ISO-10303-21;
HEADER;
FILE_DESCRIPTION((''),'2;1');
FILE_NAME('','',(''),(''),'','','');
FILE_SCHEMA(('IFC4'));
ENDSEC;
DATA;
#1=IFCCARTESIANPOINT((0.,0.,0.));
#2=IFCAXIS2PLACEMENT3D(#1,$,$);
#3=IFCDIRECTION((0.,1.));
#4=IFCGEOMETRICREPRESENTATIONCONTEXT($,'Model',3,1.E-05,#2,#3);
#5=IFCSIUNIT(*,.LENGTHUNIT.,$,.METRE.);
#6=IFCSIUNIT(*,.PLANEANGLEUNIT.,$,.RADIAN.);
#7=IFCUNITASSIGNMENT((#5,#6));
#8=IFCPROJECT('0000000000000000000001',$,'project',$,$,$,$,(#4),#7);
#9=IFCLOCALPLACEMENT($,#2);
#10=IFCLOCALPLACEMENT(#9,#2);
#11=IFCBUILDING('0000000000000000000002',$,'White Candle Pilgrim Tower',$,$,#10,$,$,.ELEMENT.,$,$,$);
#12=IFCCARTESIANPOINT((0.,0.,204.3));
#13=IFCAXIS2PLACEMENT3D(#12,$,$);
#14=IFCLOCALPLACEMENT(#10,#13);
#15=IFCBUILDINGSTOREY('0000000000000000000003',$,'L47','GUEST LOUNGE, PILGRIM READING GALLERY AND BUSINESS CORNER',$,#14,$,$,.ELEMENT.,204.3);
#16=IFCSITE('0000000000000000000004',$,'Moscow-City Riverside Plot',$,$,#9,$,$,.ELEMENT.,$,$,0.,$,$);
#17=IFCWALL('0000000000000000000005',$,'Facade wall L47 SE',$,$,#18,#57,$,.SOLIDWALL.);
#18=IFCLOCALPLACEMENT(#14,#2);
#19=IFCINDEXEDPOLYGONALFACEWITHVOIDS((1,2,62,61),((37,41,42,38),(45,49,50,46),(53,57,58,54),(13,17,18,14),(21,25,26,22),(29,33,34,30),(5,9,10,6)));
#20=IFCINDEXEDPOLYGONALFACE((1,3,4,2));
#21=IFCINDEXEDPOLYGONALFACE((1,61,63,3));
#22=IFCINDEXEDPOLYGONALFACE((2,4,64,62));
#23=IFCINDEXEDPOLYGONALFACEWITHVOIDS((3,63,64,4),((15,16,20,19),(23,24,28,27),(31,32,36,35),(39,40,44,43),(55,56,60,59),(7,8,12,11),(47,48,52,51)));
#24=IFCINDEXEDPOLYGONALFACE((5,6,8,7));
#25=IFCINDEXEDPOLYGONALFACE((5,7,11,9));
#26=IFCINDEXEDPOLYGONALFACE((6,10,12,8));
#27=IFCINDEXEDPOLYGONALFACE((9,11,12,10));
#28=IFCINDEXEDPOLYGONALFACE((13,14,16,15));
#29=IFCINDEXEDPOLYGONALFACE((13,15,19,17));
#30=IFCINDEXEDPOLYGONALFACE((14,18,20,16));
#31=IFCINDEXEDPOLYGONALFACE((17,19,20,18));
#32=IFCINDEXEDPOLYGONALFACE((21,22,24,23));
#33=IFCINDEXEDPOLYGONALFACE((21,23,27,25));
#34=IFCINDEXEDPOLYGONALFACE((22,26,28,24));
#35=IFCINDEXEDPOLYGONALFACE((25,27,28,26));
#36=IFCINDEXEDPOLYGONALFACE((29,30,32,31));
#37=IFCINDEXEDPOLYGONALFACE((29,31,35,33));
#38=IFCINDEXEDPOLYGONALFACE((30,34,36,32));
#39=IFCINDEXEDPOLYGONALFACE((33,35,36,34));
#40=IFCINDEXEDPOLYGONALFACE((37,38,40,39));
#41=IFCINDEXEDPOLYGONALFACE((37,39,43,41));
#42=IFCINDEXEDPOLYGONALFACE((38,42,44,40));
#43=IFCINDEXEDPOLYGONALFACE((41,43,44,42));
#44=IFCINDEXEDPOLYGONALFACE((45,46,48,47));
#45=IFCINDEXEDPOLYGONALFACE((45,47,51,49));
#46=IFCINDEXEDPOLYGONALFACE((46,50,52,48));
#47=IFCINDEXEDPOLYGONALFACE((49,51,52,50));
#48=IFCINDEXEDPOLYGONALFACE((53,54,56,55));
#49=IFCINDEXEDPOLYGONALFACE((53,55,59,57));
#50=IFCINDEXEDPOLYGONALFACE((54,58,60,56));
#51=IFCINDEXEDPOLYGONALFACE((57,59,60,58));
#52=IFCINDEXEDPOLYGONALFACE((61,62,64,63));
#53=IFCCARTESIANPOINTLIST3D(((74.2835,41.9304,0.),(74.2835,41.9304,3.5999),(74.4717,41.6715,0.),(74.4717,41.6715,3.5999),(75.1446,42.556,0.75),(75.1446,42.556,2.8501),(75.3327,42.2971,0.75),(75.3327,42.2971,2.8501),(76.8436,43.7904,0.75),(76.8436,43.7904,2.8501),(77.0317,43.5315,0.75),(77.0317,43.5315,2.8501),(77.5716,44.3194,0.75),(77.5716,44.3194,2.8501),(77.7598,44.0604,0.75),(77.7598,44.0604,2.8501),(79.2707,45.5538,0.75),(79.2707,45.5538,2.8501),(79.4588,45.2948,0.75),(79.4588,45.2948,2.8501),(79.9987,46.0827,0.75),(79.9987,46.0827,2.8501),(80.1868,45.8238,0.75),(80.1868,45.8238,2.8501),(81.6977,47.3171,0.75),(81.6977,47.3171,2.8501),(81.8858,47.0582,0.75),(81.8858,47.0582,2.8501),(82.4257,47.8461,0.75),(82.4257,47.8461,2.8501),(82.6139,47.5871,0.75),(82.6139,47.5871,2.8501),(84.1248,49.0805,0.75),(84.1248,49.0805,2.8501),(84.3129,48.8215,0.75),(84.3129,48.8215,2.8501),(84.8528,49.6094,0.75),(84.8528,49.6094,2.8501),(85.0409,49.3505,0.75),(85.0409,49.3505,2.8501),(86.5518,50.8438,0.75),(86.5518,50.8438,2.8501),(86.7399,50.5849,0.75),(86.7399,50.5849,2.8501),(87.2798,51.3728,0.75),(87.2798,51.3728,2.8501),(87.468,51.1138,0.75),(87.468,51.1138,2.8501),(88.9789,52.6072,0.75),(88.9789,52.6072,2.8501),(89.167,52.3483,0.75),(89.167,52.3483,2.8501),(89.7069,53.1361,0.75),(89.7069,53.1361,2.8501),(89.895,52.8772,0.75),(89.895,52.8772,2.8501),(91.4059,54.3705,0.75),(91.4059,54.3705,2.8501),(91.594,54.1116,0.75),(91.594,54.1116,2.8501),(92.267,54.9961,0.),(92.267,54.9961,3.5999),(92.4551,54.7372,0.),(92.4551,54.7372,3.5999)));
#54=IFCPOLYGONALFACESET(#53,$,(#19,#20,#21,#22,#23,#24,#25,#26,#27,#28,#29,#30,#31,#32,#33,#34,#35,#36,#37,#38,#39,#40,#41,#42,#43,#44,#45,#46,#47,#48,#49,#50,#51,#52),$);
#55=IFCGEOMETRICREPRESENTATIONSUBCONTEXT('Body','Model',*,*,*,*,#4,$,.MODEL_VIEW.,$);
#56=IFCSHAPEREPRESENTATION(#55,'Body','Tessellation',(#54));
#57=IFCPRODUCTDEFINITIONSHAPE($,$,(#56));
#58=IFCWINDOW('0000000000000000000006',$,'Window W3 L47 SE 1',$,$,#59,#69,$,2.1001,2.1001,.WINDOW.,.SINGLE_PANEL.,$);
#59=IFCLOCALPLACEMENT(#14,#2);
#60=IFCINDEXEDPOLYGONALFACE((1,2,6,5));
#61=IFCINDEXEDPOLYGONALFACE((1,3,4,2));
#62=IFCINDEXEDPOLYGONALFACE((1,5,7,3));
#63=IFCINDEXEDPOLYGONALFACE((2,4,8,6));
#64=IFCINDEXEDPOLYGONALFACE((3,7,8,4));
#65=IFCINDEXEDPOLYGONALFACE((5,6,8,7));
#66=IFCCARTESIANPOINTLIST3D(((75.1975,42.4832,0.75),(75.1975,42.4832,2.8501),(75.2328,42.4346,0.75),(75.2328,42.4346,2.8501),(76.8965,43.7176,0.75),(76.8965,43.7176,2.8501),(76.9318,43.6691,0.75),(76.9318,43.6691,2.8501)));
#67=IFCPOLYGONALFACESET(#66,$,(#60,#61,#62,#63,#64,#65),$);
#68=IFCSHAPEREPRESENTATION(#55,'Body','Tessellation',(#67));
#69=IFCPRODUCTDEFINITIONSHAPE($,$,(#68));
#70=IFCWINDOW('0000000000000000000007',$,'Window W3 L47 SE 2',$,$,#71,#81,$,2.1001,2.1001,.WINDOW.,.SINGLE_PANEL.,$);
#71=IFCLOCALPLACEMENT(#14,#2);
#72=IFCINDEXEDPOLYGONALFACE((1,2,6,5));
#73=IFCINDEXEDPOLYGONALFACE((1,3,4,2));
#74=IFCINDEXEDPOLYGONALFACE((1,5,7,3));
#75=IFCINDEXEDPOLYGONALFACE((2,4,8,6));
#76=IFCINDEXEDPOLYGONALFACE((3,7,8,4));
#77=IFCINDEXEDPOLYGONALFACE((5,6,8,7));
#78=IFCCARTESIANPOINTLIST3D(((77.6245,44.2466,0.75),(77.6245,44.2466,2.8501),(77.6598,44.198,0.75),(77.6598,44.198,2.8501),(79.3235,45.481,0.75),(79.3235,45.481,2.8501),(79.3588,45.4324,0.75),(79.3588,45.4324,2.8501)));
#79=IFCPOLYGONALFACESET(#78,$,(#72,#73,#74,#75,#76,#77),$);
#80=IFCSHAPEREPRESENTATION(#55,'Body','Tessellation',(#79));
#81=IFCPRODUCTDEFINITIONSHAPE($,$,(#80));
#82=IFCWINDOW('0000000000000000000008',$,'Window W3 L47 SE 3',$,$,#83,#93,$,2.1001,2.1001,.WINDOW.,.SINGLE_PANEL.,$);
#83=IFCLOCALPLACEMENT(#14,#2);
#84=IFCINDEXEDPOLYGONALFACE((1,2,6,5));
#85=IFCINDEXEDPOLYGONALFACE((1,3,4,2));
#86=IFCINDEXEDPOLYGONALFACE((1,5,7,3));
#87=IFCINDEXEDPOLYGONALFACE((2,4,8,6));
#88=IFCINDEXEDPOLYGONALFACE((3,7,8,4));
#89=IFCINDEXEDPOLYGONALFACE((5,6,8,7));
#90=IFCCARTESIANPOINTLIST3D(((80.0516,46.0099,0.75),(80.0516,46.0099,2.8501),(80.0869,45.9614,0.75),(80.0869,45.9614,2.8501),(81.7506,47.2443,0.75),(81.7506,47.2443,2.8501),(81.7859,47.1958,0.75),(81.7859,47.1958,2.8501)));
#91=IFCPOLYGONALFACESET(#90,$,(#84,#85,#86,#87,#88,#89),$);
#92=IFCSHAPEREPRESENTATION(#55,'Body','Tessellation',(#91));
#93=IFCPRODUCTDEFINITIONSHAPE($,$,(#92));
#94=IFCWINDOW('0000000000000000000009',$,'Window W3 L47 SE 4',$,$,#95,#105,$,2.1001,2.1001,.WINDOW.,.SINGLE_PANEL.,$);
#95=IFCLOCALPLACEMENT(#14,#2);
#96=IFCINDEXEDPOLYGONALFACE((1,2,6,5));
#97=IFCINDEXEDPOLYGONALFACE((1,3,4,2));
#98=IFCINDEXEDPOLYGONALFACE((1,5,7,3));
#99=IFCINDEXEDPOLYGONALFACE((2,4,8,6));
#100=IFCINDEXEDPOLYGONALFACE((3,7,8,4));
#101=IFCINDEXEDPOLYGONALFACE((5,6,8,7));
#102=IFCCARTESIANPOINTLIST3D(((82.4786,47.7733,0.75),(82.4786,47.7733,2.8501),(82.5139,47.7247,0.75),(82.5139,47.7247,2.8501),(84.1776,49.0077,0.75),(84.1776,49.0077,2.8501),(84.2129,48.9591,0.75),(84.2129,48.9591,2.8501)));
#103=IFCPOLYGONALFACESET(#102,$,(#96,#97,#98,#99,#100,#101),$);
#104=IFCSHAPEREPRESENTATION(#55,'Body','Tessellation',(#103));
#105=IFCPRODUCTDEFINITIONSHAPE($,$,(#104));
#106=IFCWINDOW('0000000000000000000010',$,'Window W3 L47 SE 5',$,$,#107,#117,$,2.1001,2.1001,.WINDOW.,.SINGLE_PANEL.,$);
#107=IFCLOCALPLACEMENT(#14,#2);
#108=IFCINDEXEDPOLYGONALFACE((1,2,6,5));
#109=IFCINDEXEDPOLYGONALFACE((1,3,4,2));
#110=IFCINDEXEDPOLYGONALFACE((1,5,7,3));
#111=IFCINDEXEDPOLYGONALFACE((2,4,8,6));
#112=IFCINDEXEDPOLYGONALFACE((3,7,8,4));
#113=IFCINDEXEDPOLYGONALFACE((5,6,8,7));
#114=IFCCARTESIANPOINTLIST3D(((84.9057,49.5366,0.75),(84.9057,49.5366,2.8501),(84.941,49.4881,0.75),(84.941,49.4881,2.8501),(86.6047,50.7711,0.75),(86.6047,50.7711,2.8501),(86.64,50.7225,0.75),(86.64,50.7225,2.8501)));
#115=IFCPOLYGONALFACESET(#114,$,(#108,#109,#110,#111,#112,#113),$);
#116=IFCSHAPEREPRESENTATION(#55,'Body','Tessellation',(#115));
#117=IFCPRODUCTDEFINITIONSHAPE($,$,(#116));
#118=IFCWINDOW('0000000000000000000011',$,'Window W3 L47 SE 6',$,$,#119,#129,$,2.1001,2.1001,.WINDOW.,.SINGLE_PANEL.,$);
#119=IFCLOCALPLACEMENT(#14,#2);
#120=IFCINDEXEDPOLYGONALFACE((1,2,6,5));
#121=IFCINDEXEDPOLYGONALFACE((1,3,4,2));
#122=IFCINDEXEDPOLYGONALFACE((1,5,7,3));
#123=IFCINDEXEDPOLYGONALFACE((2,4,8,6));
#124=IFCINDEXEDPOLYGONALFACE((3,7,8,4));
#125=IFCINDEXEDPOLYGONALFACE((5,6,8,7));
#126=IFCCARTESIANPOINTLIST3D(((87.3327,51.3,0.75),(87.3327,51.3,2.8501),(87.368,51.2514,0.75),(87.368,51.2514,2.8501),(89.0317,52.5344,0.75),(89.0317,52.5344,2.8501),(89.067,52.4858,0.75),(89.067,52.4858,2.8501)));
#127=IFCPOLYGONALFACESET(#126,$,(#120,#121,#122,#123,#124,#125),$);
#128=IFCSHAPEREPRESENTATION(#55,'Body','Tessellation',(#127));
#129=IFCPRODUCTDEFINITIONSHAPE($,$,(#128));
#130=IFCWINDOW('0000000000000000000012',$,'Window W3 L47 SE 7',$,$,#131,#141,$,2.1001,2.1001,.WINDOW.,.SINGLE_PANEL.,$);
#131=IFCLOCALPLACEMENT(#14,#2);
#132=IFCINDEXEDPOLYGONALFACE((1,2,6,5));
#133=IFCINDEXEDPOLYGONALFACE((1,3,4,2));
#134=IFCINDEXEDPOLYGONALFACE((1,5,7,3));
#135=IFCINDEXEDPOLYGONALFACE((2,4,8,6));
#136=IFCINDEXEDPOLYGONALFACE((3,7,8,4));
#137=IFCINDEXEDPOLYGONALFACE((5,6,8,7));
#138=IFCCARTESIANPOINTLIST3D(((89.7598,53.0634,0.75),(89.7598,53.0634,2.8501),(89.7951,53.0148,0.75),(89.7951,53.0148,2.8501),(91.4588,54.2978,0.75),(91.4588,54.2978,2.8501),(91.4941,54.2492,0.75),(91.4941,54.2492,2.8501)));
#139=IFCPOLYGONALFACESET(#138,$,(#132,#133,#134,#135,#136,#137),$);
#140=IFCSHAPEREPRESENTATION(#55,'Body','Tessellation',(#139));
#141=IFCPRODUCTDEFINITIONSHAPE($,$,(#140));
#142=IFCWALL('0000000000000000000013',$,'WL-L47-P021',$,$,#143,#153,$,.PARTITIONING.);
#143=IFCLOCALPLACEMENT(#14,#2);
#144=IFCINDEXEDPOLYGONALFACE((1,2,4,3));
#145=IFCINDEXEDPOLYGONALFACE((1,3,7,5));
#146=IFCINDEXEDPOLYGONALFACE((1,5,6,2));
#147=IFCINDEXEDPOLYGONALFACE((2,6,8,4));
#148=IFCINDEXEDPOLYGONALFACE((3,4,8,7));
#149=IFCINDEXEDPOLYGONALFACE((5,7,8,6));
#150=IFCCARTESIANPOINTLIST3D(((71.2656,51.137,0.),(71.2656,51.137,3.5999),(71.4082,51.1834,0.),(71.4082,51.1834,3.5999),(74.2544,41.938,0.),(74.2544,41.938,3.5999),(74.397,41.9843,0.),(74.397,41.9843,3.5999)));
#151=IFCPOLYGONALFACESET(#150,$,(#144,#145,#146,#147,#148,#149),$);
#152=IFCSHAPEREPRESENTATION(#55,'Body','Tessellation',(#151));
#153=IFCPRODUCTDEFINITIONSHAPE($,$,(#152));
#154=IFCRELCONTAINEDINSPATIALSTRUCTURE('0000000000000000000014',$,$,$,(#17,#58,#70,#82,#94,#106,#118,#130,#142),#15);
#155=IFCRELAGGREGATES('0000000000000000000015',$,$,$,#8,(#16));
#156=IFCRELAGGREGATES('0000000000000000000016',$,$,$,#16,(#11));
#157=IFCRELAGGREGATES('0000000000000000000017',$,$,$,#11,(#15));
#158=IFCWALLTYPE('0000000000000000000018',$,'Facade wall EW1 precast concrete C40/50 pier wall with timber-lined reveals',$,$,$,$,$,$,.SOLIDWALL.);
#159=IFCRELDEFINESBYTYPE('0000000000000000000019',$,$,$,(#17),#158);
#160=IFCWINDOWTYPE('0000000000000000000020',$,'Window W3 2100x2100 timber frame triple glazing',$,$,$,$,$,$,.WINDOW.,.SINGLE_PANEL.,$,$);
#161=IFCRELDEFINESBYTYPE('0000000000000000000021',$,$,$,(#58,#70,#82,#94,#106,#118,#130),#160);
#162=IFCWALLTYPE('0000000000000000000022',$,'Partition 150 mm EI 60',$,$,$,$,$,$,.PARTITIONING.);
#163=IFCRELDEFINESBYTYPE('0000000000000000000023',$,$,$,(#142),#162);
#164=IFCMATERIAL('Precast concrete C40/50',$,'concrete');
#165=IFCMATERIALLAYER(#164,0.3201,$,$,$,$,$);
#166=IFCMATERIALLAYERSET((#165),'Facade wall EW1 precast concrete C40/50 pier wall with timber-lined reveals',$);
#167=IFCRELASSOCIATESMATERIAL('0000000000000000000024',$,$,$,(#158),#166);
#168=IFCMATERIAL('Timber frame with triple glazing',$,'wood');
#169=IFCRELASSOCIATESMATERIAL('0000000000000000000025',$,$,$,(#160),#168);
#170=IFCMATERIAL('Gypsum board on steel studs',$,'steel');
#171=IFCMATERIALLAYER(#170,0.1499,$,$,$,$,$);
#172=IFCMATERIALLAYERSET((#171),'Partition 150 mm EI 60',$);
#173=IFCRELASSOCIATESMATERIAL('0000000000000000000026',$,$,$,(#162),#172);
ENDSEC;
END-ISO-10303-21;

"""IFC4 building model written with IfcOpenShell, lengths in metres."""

from ifc_helpers import new_model, si_unit, direction, frame, frame_2d, origin, place, context, subcontext, project, spatial, rectangle, extrude, material, layer, layer_set, type_object, element, fill, save


model = new_model("IFC4")

# Units and contexts
model_context = context("Model", 3, precision=1e-05, world=origin(), true_north=direction((0.0, 1.0)))
body_context = subcontext(model_context, "Body", "Model", "MODEL_VIEW")
ifc_project = project(units=[si_unit("LENGTHUNIT", "METRE"), si_unit("PLANEANGLEUNIT", "RADIAN")], contexts=[model_context])

# Site, building, storey
site_placement = place(None, origin())
site = spatial("IfcSite", under=ifc_project, at=site_placement, Name="Moscow-City Riverside Plot", CompositionType="ELEMENT", RefElevation=0.0)
building_placement = place(site_placement, origin())
building = spatial("IfcBuilding", under=site, at=building_placement, Name="White Candle Pilgrim Tower", CompositionType="ELEMENT")
storey_placement = place(building_placement, frame((0.0, 0.0, 204.3)))
storey = spatial("IfcBuildingStorey", under=building, at=storey_placement, Name="L47", Description="GUEST LOUNGE, PILGRIM READING GALLERY AND BUSINESS CORNER", CompositionType="ELEMENT", Elevation=204.3)

# Shared definitions
ifc_material_1 = material(Name="Gypsum board on steel studs", Category="steel")

# Wall, openings, windows
ifc_material_2 = material(Name="Precast concrete C40/50", Category="concrete")
ifc_layer_1 = layer(ifc_material_2, 0.3201)
ifc_layer_set_1 = layer_set([ifc_layer_1], Name="Facade wall EW1 precast concrete C40/50 pier wall with timber-lined reveals")
wall_type_1 = type_object("IfcWallType", Name="Facade wall EW1 precast concrete C40/50 pier wall with timber-lined reveals", PredefinedType="SOLIDWALL", material=ifc_layer_set_1)
wall_1_placement = place(storey_placement, frame((74.3777, 41.801, 0.0), z_axis=(0.0, 0.0, 1.0), x_axis=(0.809018, 0.587784, 0.0)))
wall_1 = element("IfcWall", 1, at=wall_1_placement, inside=storey, type_object=wall_type_1, Name="Facade wall L47 SE", PredefinedType="SOLIDWALL", context=body_context, shape_type="SweptSolid", body=[
    extrude(rectangle(XDim=22.2288, YDim=0.3201, at=frame_2d((11.1143, 0.0))), origin(), (0.0, 0.0, 1.0), 3.5999),
])
opening_1_placement = place(wall_1_placement, frame((1.0642, 0.0, 0.75)))
opening_1 = element("IfcOpeningElement", 2, at=opening_1_placement, cuts=wall_1, PredefinedType="OPENING", context=body_context, shape_type="SweptSolid", body=[
    extrude(rectangle(XDim=2.1001, YDim=2.1001, at=frame_2d((1.05, 1.05))), frame((0.0, 0.1699, 0.0), z_axis=(0.0, -1.0, 0.0), x_axis=(1.0, 0.0, 0.0)), (0.0, 0.0, 1.0), 0.3401),
])
opening_2_placement = place(wall_1_placement, frame((4.0642, 0.0, 0.75)))
opening_2 = element("IfcOpeningElement", 3, at=opening_2_placement, cuts=wall_1, PredefinedType="OPENING", context=body_context, shape_type="SweptSolid", body=[
    extrude(rectangle(XDim=2.1001, YDim=2.1001, at=frame_2d((1.05, 1.05))), frame((0.0, 0.1699, 0.0), z_axis=(0.0, -1.0, 0.0), x_axis=(1.0, 0.0, 0.0)), (0.0, 0.0, 1.0), 0.3401),
])
opening_3_placement = place(wall_1_placement, frame((7.0642, 0.0, 0.75)))
opening_3 = element("IfcOpeningElement", 4, at=opening_3_placement, cuts=wall_1, PredefinedType="OPENING", context=body_context, shape_type="SweptSolid", body=[
    extrude(rectangle(XDim=2.1001, YDim=2.1001, at=frame_2d((1.05, 1.05))), frame((0.0, 0.1699, 0.0), z_axis=(0.0, -1.0, 0.0), x_axis=(1.0, 0.0, 0.0)), (0.0, 0.0, 1.0), 0.3401),
])
opening_4_placement = place(wall_1_placement, frame((10.0642, 0.0, 0.75)))
opening_4 = element("IfcOpeningElement", 5, at=opening_4_placement, cuts=wall_1, PredefinedType="OPENING", context=body_context, shape_type="SweptSolid", body=[
    extrude(rectangle(XDim=2.1001, YDim=2.1001, at=frame_2d((1.05, 1.05))), frame((0.0, 0.1699, 0.0), z_axis=(0.0, -1.0, 0.0), x_axis=(1.0, 0.0, 0.0)), (0.0, 0.0, 1.0), 0.3401),
])
opening_5_placement = place(wall_1_placement, frame((13.0642, 0.0, 0.75)))
opening_5 = element("IfcOpeningElement", 6, at=opening_5_placement, cuts=wall_1, PredefinedType="OPENING", context=body_context, shape_type="SweptSolid", body=[
    extrude(rectangle(XDim=2.1001, YDim=2.1001, at=frame_2d((1.05, 1.05))), frame((0.0, 0.1699, 0.0), z_axis=(0.0, -1.0, 0.0), x_axis=(1.0, 0.0, 0.0)), (0.0, 0.0, 1.0), 0.3401),
])
opening_6_placement = place(wall_1_placement, frame((16.0642, 0.0, 0.75)))
opening_6 = element("IfcOpeningElement", 7, at=opening_6_placement, cuts=wall_1, PredefinedType="OPENING", context=body_context, shape_type="SweptSolid", body=[
    extrude(rectangle(XDim=2.1001, YDim=2.1001, at=frame_2d((1.05, 1.05))), frame((0.0, 0.1699, 0.0), z_axis=(0.0, -1.0, 0.0), x_axis=(1.0, 0.0, 0.0)), (0.0, 0.0, 1.0), 0.3401),
])
opening_7_placement = place(wall_1_placement, frame((19.0642, 0.0, 0.75)))
opening_7 = element("IfcOpeningElement", 8, at=opening_7_placement, cuts=wall_1, PredefinedType="OPENING", context=body_context, shape_type="SweptSolid", body=[
    extrude(rectangle(XDim=2.1001, YDim=2.1001, at=frame_2d((1.05, 1.05))), frame((0.0, 0.1699, 0.0), z_axis=(0.0, -1.0, 0.0), x_axis=(1.0, 0.0, 0.0)), (0.0, 0.0, 1.0), 0.3401),
])
ifc_material_3 = material(Name="Timber frame with triple glazing", Category="wood")
window_type = type_object("IfcWindowType", Name="Window W3 2100x2100 timber frame triple glazing", PartitioningType="SINGLE_PANEL", PredefinedType="WINDOW", material=ifc_material_3)
window_1_placement = place(opening_1_placement, origin())
window_1 = element("IfcWindow", 9, at=window_1_placement, inside=storey, type_object=window_type, Name="Window W3 L47 SE 1", OverallHeight=2.1001, OverallWidth=2.1001, PartitioningType="SINGLE_PANEL", PredefinedType="WINDOW", context=body_context, shape_type="SweptSolid", body=[
    extrude(rectangle(XDim=2.1001, YDim=2.1001, at=frame_2d((1.05, 1.05))), frame((0.0, 0.0701, 0.0), z_axis=(0.0, -1.0, 0.0), x_axis=(1.0, 0.0, 0.0)), (0.0, 0.0, 1.0), 0.0601),
])
fill(opening_1, window_1)
window_2_placement = place(opening_2_placement, origin())
window_2 = element("IfcWindow", 10, at=window_2_placement, inside=storey, type_object=window_type, Name="Window W3 L47 SE 2", OverallHeight=2.1001, OverallWidth=2.1001, PartitioningType="SINGLE_PANEL", PredefinedType="WINDOW", context=body_context, shape_type="SweptSolid", body=[
    extrude(rectangle(XDim=2.1001, YDim=2.1001, at=frame_2d((1.05, 1.05))), frame((0.0, 0.0701, 0.0), z_axis=(0.0, -1.0, 0.0), x_axis=(1.0, 0.0, 0.0)), (0.0, 0.0, 1.0), 0.0601),
])
fill(opening_2, window_2)
window_3_placement = place(opening_3_placement, origin())
window_3 = element("IfcWindow", 11, at=window_3_placement, inside=storey, type_object=window_type, Name="Window W3 L47 SE 3", OverallHeight=2.1001, OverallWidth=2.1001, PartitioningType="SINGLE_PANEL", PredefinedType="WINDOW", context=body_context, shape_type="SweptSolid", body=[
    extrude(rectangle(XDim=2.1001, YDim=2.1001, at=frame_2d((1.05, 1.05))), frame((0.0, 0.0701, 0.0), z_axis=(0.0, -1.0, 0.0), x_axis=(1.0, 0.0, 0.0)), (0.0, 0.0, 1.0), 0.0601),
])
fill(opening_3, window_3)
window_4_placement = place(opening_4_placement, origin())
window_4 = element("IfcWindow", 12, at=window_4_placement, inside=storey, type_object=window_type, Name="Window W3 L47 SE 4", OverallHeight=2.1001, OverallWidth=2.1001, PartitioningType="SINGLE_PANEL", PredefinedType="WINDOW", context=body_context, shape_type="SweptSolid", body=[
    extrude(rectangle(XDim=2.1001, YDim=2.1001, at=frame_2d((1.05, 1.05))), frame((0.0, 0.0701, 0.0), z_axis=(0.0, -1.0, 0.0), x_axis=(1.0, 0.0, 0.0)), (0.0, 0.0, 1.0), 0.0601),
])
fill(opening_4, window_4)
window_5_placement = place(opening_5_placement, origin())
window_5 = element("IfcWindow", 13, at=window_5_placement, inside=storey, type_object=window_type, Name="Window W3 L47 SE 5", OverallHeight=2.1001, OverallWidth=2.1001, PartitioningType="SINGLE_PANEL", PredefinedType="WINDOW", context=body_context, shape_type="SweptSolid", body=[
    extrude(rectangle(XDim=2.1001, YDim=2.1001, at=frame_2d((1.05, 1.05))), frame((0.0, 0.0701, 0.0), z_axis=(0.0, -1.0, 0.0), x_axis=(1.0, 0.0, 0.0)), (0.0, 0.0, 1.0), 0.0601),
])
fill(opening_5, window_5)
window_6_placement = place(opening_6_placement, origin())
window_6 = element("IfcWindow", 14, at=window_6_placement, inside=storey, type_object=window_type, Name="Window W3 L47 SE 6", OverallHeight=2.1001, OverallWidth=2.1001, PartitioningType="SINGLE_PANEL", PredefinedType="WINDOW", context=body_context, shape_type="SweptSolid", body=[
    extrude(rectangle(XDim=2.1001, YDim=2.1001, at=frame_2d((1.05, 1.05))), frame((0.0, 0.0701, 0.0), z_axis=(0.0, -1.0, 0.0), x_axis=(1.0, 0.0, 0.0)), (0.0, 0.0, 1.0), 0.0601),
])
fill(opening_6, window_6)
window_7_placement = place(opening_7_placement, origin())
window_7 = element("IfcWindow", 15, at=window_7_placement, inside=storey, type_object=window_type, Name="Window W3 L47 SE 7", OverallHeight=2.1001, OverallWidth=2.1001, PartitioningType="SINGLE_PANEL", PredefinedType="WINDOW", context=body_context, shape_type="SweptSolid", body=[
    extrude(rectangle(XDim=2.1001, YDim=2.1001, at=frame_2d((1.05, 1.05))), frame((0.0, 0.0701, 0.0), z_axis=(0.0, -1.0, 0.0), x_axis=(1.0, 0.0, 0.0)), (0.0, 0.0, 1.0), 0.0601),
])
fill(opening_7, window_7)

# Wall
ifc_layer_2 = layer(ifc_material_1, 0.1499)
ifc_layer_set_2 = layer_set([ifc_layer_2], Name="Partition 150 mm EI 60")
wall_type_2 = type_object("IfcWallType", Name="Partition 150 mm EI 60", PredefinedType="PARTITIONING", material=ifc_layer_set_2)
wall_2_placement = place(storey_placement, frame((74.3257, 41.9612, 0.0), z_axis=(0.0, 0.0, 1.0), x_axis=(-0.309002, 0.951061, 0.0)))
element("IfcWall", 16, at=wall_2_placement, inside=storey, type_object=wall_type_2, Name="WL-L47-P021", PredefinedType="PARTITIONING", context=body_context, shape_type="SweptSolid", body=[
    extrude(rectangle(XDim=9.6724, YDim=0.1499, at=frame_2d((4.8362, 0.0))), origin(), (0.0, 0.0, 1.0), 3.5999),
])

save(model, "model.ifc")
